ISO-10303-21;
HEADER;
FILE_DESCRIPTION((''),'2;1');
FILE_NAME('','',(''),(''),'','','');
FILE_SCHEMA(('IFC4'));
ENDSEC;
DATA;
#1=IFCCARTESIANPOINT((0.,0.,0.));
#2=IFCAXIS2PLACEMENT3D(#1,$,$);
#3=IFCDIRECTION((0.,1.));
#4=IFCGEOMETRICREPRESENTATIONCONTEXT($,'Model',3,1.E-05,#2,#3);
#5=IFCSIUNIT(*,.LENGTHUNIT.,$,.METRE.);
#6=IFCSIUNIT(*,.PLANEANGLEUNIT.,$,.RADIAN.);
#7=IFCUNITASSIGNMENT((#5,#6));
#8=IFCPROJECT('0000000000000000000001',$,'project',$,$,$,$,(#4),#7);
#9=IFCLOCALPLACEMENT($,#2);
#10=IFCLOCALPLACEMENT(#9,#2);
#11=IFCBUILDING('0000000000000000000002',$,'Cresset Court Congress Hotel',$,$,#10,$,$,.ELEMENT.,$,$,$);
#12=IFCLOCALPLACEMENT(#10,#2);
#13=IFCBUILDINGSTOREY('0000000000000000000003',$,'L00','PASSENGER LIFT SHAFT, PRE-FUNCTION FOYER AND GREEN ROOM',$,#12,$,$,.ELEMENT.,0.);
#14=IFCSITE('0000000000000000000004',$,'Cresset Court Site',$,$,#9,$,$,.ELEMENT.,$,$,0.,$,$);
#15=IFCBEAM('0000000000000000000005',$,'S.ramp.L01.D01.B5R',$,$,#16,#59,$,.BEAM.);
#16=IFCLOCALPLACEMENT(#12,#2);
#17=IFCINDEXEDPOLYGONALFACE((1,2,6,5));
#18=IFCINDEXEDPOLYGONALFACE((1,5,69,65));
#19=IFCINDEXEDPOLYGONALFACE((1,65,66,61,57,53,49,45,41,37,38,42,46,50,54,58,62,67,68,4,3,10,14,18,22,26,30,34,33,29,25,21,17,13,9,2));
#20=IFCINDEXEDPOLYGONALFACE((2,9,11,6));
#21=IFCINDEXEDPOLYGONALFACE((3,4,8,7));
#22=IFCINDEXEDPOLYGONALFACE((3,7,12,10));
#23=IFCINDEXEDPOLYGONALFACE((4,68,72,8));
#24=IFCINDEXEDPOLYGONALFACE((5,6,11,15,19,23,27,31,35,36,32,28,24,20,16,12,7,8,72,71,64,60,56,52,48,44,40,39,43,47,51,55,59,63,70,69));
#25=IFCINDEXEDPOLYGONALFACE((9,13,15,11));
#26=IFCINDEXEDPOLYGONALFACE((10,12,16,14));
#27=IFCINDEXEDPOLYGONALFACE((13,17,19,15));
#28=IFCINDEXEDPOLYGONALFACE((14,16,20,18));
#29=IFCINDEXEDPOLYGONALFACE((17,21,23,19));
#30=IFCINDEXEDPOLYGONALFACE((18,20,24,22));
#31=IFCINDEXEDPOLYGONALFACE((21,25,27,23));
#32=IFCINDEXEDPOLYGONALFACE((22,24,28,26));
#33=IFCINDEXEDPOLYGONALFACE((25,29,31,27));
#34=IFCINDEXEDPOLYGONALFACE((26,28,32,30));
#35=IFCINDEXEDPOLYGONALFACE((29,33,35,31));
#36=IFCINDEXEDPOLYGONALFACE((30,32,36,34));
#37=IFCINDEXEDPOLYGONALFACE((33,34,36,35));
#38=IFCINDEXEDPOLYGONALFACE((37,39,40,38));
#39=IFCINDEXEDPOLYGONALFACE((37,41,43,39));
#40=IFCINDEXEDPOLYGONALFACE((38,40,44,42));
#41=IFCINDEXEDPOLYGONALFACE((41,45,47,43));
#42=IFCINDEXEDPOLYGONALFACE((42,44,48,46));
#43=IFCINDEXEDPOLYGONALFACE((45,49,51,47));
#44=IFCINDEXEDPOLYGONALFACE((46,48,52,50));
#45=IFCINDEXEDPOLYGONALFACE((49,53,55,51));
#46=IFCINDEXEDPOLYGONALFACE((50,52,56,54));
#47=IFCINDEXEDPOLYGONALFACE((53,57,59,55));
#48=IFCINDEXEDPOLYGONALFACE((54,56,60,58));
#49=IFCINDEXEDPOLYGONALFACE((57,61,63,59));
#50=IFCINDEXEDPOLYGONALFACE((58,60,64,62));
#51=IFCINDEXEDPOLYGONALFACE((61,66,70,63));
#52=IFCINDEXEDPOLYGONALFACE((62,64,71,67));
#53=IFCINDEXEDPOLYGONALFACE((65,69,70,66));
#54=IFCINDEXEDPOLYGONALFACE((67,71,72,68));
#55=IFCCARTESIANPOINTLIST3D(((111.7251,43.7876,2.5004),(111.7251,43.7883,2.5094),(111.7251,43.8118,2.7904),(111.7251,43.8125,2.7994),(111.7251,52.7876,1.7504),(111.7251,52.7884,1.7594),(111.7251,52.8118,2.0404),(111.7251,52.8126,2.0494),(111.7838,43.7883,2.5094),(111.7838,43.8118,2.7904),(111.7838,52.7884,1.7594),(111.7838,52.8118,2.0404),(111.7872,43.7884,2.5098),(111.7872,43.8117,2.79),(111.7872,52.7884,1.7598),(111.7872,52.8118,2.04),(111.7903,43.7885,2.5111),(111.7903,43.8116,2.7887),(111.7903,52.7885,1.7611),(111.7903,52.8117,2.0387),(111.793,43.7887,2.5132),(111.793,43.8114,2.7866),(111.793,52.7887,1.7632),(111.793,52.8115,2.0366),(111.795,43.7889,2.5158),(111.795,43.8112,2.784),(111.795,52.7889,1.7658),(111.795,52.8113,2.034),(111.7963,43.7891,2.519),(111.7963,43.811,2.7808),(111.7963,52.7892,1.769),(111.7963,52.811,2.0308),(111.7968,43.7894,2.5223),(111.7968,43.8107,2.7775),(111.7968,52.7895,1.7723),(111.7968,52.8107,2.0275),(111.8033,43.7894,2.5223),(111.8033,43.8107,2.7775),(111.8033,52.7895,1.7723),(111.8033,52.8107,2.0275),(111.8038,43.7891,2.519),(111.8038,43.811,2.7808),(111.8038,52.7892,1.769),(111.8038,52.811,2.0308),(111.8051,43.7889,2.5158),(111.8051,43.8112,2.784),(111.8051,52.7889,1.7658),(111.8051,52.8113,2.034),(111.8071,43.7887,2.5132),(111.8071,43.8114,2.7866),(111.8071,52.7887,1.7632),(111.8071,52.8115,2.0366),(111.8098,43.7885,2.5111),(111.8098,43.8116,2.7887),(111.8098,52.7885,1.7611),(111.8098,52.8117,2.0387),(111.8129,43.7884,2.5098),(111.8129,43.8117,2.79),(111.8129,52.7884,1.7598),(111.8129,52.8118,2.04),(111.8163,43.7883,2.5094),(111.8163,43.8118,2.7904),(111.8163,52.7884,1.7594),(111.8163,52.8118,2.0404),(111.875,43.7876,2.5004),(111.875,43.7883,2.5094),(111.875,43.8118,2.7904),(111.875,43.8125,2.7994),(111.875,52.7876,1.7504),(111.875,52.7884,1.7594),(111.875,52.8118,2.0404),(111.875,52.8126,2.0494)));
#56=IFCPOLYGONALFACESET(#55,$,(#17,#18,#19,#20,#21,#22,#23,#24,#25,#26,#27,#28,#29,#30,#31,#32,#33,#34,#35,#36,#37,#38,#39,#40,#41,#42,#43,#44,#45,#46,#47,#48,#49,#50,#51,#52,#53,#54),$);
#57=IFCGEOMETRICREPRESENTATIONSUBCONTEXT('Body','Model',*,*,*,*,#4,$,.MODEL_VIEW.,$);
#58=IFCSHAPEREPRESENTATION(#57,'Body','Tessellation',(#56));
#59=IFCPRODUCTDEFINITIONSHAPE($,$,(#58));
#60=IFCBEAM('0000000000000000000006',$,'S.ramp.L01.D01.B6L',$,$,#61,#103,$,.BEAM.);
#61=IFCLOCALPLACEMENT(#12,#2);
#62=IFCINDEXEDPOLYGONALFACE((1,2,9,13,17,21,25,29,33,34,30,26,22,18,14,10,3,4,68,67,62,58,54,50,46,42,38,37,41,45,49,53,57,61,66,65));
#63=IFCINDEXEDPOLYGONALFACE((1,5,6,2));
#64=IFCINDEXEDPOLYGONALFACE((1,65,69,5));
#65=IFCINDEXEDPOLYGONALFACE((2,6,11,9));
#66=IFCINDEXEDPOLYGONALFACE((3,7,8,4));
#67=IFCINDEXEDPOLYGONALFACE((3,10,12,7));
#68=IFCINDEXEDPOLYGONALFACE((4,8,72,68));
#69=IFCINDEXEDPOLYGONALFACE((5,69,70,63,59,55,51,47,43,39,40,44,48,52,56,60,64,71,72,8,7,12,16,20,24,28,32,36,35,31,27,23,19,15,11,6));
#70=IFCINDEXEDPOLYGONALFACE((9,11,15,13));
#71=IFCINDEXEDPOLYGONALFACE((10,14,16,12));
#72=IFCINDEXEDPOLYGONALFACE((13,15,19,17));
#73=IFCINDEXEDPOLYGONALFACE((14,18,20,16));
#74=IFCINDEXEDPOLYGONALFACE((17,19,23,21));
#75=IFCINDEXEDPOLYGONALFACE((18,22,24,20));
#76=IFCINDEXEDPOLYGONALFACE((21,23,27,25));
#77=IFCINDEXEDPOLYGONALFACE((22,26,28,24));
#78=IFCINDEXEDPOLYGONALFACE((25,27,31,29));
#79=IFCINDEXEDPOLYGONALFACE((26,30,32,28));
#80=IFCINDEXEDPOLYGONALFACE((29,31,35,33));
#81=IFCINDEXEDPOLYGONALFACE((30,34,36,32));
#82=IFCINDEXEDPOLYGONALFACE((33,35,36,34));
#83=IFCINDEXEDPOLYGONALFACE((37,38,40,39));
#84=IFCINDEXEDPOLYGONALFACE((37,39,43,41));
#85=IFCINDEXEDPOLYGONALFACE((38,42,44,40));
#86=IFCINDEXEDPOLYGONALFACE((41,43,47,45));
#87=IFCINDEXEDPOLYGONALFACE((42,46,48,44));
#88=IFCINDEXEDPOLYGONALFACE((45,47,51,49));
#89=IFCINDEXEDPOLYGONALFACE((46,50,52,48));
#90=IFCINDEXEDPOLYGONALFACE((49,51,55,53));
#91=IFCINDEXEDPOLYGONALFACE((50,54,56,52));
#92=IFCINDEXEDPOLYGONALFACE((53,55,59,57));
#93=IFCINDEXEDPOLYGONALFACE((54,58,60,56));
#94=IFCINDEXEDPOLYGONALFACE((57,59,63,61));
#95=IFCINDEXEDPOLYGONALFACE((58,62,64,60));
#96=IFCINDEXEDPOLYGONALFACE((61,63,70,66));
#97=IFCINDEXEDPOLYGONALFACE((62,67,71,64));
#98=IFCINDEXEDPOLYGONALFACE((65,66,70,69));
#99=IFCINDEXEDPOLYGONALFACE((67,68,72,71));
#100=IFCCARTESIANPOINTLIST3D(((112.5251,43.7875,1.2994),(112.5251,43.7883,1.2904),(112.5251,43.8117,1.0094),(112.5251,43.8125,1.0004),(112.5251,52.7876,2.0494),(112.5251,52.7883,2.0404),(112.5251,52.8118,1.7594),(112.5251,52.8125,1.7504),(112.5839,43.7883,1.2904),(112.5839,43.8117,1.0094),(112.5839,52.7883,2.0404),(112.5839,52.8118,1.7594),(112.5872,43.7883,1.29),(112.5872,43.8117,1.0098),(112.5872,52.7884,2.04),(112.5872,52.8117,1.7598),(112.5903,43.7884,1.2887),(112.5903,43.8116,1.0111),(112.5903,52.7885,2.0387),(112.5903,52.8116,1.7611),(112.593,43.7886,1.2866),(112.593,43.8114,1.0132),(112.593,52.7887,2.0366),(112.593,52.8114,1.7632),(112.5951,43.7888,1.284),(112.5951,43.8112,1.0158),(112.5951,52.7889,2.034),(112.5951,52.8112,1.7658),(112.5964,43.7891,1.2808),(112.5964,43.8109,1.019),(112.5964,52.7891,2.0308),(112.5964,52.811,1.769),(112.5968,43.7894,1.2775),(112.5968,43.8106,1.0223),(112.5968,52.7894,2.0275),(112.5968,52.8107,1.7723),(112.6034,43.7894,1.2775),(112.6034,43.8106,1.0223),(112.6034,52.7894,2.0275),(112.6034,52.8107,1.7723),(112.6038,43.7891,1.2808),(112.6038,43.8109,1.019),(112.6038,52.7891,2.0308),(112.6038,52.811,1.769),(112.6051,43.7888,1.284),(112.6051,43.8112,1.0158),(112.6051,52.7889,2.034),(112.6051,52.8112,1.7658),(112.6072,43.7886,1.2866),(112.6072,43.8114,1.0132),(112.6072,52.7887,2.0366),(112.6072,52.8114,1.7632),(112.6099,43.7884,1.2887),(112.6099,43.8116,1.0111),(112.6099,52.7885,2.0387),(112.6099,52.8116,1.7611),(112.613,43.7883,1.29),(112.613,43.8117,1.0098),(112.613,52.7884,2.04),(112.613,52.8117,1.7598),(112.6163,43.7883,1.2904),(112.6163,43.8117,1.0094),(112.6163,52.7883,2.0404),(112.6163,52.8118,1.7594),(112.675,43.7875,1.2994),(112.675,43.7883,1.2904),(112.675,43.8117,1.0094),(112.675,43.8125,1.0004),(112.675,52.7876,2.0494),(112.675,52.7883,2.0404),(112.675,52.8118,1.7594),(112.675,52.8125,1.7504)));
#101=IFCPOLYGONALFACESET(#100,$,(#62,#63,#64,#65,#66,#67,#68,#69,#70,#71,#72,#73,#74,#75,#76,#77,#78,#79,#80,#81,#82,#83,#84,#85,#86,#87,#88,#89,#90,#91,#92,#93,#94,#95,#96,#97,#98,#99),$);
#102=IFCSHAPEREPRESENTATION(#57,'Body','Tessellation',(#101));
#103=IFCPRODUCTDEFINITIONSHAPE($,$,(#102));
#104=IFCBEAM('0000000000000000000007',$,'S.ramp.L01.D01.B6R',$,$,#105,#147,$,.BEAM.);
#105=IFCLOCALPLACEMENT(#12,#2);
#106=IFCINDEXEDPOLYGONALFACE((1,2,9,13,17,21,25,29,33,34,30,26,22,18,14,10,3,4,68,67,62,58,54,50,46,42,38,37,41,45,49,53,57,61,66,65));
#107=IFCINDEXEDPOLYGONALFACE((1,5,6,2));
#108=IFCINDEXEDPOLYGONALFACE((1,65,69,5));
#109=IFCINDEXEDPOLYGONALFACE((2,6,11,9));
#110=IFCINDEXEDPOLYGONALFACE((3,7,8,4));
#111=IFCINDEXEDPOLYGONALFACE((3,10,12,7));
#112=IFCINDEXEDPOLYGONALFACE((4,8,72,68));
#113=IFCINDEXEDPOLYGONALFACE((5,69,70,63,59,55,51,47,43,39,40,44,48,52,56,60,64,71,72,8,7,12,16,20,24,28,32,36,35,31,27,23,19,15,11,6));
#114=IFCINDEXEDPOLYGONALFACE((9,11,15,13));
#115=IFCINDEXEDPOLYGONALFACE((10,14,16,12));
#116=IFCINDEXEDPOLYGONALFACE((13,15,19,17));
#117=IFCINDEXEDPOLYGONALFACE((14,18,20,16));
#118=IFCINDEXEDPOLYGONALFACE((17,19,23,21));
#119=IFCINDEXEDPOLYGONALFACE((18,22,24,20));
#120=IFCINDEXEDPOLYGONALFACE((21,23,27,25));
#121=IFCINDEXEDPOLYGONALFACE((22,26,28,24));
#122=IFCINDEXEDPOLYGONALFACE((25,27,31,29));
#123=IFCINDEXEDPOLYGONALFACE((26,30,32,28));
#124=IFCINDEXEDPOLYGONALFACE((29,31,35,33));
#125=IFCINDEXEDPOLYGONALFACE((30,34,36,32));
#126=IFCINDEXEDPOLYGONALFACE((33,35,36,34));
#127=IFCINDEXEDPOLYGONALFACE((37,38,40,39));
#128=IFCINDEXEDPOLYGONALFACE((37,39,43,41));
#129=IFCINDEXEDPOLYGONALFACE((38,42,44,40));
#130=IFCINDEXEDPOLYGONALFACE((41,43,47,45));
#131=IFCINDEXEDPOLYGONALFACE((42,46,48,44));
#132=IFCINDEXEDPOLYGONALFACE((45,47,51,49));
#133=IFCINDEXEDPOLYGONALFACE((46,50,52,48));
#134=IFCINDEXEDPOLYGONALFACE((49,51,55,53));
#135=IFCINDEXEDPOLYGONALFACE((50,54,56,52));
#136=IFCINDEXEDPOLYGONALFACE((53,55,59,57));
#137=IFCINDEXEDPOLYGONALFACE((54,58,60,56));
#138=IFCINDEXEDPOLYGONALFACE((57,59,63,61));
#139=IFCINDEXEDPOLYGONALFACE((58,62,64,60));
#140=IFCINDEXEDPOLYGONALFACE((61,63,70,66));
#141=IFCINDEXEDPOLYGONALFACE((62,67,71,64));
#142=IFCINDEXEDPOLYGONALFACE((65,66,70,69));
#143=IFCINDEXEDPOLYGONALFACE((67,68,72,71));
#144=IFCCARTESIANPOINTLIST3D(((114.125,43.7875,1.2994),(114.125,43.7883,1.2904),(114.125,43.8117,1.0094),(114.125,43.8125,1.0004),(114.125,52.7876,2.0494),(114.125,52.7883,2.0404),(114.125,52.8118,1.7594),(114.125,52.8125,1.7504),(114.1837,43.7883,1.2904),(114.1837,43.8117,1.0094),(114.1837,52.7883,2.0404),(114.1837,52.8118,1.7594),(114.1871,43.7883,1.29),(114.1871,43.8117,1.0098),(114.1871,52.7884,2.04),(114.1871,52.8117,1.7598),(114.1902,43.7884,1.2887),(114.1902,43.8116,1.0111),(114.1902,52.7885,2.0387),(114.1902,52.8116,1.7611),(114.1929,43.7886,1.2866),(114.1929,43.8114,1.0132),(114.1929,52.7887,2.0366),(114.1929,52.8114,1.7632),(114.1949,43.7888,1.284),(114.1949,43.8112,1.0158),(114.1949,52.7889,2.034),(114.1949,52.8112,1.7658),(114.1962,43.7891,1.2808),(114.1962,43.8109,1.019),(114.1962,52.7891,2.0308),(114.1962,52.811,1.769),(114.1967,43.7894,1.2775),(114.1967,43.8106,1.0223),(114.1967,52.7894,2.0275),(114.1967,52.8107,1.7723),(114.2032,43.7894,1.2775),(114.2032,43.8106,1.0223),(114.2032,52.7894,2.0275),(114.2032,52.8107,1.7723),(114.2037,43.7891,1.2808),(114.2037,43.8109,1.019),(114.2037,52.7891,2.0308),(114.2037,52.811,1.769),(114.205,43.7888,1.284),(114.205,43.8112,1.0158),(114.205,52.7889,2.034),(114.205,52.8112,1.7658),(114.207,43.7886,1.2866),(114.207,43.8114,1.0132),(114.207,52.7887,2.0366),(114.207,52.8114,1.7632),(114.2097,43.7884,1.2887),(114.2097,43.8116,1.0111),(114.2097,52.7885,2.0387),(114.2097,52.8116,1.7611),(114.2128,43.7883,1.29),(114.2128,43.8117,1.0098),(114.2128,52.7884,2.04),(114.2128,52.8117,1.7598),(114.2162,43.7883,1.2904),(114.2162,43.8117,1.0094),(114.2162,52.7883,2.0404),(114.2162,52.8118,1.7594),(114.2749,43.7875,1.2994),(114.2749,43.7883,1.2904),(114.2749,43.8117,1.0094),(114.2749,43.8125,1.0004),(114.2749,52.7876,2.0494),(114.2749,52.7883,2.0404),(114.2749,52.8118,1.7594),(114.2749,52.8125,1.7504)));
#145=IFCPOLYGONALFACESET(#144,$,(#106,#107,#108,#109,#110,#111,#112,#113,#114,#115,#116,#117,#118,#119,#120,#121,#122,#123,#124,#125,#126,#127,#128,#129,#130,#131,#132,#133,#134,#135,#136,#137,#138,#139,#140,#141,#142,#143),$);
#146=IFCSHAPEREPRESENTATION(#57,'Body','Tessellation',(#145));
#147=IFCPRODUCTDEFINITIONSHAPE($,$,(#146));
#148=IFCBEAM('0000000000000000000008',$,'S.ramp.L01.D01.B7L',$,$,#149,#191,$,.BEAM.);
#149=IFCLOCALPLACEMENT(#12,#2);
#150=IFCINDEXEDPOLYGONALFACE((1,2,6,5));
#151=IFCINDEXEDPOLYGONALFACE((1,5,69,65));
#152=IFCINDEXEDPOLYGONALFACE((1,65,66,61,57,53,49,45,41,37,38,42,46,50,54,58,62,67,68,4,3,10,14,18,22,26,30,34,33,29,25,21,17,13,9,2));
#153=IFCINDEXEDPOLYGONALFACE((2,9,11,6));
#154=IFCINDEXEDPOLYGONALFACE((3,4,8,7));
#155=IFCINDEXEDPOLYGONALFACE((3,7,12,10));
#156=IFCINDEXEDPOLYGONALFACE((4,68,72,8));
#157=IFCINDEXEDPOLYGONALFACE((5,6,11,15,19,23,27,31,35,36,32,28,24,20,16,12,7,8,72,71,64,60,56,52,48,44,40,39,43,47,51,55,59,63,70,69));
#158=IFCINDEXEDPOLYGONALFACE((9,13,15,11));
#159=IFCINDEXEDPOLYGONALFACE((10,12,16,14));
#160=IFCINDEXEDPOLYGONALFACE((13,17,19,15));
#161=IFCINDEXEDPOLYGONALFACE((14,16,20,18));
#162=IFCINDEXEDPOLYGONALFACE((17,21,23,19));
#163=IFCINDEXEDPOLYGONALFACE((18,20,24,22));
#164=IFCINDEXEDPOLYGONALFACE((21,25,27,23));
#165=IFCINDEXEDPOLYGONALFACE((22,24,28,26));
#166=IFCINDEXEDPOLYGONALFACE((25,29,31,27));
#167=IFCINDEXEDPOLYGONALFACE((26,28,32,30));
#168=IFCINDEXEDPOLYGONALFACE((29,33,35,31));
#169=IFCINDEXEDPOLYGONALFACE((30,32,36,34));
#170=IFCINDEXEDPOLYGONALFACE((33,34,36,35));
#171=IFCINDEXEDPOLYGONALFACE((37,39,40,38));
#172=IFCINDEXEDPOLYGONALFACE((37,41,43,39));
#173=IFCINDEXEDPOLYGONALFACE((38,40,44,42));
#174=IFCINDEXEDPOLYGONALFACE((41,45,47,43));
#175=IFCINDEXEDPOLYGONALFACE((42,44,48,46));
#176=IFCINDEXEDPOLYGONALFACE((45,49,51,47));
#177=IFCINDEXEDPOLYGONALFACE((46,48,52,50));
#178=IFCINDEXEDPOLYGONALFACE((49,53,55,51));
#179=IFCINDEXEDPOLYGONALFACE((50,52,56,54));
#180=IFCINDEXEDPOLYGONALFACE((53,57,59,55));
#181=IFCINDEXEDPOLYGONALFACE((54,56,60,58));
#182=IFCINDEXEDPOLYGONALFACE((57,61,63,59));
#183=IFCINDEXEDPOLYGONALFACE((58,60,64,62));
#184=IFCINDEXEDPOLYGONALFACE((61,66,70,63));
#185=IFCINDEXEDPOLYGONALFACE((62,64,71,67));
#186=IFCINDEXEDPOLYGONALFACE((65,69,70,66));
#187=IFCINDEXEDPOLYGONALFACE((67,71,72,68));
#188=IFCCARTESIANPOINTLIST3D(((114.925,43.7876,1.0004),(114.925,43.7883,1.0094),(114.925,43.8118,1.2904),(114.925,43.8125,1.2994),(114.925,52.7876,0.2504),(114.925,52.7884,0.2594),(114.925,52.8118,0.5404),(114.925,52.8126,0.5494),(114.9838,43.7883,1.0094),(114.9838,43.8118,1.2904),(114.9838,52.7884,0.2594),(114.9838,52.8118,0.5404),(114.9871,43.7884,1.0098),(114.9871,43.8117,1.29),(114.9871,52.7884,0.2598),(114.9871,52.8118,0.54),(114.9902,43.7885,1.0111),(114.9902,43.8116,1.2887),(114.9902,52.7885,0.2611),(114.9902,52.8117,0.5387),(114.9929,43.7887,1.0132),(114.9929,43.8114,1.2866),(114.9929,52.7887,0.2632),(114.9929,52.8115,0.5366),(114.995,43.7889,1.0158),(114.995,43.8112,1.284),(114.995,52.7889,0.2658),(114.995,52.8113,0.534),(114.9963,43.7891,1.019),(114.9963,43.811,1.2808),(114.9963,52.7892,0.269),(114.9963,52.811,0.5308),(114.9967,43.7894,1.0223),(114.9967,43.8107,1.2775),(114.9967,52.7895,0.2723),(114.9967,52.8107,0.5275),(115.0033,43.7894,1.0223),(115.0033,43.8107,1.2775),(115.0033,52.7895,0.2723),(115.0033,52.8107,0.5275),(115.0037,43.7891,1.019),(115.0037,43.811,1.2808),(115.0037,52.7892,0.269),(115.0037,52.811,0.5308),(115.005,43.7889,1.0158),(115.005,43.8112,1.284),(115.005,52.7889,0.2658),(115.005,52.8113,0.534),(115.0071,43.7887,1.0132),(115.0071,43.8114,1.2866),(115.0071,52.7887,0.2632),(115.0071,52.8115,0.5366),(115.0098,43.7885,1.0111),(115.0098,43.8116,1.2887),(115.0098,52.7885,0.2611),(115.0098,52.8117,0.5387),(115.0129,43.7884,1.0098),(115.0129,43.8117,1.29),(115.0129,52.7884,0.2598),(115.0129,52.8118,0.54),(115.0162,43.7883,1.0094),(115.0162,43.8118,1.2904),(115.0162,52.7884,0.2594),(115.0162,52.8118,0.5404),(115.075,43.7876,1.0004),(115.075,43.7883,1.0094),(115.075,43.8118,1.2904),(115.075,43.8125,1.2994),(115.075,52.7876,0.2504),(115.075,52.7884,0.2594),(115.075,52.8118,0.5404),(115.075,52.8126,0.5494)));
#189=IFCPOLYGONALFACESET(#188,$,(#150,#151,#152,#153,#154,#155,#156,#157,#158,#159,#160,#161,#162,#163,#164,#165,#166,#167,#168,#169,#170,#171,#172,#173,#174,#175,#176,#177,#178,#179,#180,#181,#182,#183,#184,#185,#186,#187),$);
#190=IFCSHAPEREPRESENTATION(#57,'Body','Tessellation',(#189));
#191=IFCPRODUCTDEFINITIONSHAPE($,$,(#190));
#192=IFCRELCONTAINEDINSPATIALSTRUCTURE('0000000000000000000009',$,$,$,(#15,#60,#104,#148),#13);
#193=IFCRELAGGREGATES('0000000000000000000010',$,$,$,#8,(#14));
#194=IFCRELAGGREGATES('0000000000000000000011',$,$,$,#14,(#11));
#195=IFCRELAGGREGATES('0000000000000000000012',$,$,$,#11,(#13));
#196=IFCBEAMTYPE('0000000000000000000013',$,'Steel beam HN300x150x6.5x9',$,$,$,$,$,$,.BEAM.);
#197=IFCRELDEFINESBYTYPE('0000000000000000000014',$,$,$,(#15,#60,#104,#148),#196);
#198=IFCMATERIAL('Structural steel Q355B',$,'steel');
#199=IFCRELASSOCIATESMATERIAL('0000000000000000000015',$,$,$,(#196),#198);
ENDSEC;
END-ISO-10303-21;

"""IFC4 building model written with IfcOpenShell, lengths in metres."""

from ifc_helpers import new_model, si_unit, direction, frame, origin, origin_2d, place, context, subcontext, project, spatial, i_section, extrude, material, material_profile, profile_set, type_object, element, save


model = new_model("IFC4")

# Units and contexts
model_context = context("Model", 3, precision=1e-05, world=origin(), true_north=direction((0.0, 1.0)))
body_context = subcontext(model_context, "Body", "Model", "MODEL_VIEW")
ifc_project = project(units=[si_unit("LENGTHUNIT", "METRE"), si_unit("PLANEANGLEUNIT", "RADIAN")], contexts=[model_context])

# Site, building, storey
site_placement = place(None, origin())
site = spatial("IfcSite", under=ifc_project, at=site_placement, Name="Cresset Court Site", CompositionType="ELEMENT", RefElevation=0.0)
building_placement = place(site_placement, origin())
building = spatial("IfcBuilding", under=site, at=building_placement, Name="Cresset Court Congress Hotel", CompositionType="ELEMENT")
storey_placement = place(building_placement, origin())
storey = spatial("IfcBuildingStorey", under=building, at=storey_placement, Name="L00", Description="PASSENGER LIFT SHAFT, PRE-FUNCTION FOYER AND GREEN ROOM", CompositionType="ELEMENT", Elevation=0.0)

# Beams
ifc_material_1 = material(Name="Structural steel Q355B", Category="steel")
ifc_material_profile_1 = material_profile(ifc_material_1, i_section(OverallWidth=0.1499, OverallDepth=0.3, WebThickness=0.0066, FlangeThickness=0.009, FilletRadius=0.0129, at=origin_2d()), Name="HN300x150x6.5x9")
ifc_profile_set_1 = profile_set([ifc_material_profile_1], Name="Structural steel Q355B")
beam_type = type_object("IfcBeamType", Name="Steel beam HN300x150x6.5x9", PredefinedType="BEAM", material=ifc_profile_set_1)
for number, where, z_axis, x_axis, name in (
    (1, (111.8, 43.8, 2.6499), (0.0, 0.996546, -0.083045), (-1.0, 0.0, 0.0), "S.ramp.L01.D01.B5R"),
    (2, (112.6001, 52.8, 1.8999), (0.0, -0.996546, -0.083045), (1.0, 0.0, 0.0), "S.ramp.L01.D01.B6L"),
    (3, (114.2, 52.8, 1.8999), (0.0, -0.996546, -0.083045), (1.0, 0.0, 0.0), "S.ramp.L01.D01.B6R"),
    (4, (115.0, 43.8, 1.1499), (0.0, 0.996546, -0.083045), (-1.0, 0.0, 0.0), "S.ramp.L01.D01.B7L"),
):
    element("IfcBeam", number, at=place(storey_placement, frame(where, z_axis=z_axis, x_axis=x_axis)), inside=storey, type_object=beam_type, Name=name, PredefinedType="BEAM", context=body_context, shape_type="SweptSolid", body=[
        extrude(i_section(OverallWidth=0.1499, OverallDepth=0.3, WebThickness=0.0066, FlangeThickness=0.009, FilletRadius=0.0129, at=origin_2d()), origin(), (0.0, 0.0, 1.0), 9.0312),
    ])

save(model, "model.ifc")
